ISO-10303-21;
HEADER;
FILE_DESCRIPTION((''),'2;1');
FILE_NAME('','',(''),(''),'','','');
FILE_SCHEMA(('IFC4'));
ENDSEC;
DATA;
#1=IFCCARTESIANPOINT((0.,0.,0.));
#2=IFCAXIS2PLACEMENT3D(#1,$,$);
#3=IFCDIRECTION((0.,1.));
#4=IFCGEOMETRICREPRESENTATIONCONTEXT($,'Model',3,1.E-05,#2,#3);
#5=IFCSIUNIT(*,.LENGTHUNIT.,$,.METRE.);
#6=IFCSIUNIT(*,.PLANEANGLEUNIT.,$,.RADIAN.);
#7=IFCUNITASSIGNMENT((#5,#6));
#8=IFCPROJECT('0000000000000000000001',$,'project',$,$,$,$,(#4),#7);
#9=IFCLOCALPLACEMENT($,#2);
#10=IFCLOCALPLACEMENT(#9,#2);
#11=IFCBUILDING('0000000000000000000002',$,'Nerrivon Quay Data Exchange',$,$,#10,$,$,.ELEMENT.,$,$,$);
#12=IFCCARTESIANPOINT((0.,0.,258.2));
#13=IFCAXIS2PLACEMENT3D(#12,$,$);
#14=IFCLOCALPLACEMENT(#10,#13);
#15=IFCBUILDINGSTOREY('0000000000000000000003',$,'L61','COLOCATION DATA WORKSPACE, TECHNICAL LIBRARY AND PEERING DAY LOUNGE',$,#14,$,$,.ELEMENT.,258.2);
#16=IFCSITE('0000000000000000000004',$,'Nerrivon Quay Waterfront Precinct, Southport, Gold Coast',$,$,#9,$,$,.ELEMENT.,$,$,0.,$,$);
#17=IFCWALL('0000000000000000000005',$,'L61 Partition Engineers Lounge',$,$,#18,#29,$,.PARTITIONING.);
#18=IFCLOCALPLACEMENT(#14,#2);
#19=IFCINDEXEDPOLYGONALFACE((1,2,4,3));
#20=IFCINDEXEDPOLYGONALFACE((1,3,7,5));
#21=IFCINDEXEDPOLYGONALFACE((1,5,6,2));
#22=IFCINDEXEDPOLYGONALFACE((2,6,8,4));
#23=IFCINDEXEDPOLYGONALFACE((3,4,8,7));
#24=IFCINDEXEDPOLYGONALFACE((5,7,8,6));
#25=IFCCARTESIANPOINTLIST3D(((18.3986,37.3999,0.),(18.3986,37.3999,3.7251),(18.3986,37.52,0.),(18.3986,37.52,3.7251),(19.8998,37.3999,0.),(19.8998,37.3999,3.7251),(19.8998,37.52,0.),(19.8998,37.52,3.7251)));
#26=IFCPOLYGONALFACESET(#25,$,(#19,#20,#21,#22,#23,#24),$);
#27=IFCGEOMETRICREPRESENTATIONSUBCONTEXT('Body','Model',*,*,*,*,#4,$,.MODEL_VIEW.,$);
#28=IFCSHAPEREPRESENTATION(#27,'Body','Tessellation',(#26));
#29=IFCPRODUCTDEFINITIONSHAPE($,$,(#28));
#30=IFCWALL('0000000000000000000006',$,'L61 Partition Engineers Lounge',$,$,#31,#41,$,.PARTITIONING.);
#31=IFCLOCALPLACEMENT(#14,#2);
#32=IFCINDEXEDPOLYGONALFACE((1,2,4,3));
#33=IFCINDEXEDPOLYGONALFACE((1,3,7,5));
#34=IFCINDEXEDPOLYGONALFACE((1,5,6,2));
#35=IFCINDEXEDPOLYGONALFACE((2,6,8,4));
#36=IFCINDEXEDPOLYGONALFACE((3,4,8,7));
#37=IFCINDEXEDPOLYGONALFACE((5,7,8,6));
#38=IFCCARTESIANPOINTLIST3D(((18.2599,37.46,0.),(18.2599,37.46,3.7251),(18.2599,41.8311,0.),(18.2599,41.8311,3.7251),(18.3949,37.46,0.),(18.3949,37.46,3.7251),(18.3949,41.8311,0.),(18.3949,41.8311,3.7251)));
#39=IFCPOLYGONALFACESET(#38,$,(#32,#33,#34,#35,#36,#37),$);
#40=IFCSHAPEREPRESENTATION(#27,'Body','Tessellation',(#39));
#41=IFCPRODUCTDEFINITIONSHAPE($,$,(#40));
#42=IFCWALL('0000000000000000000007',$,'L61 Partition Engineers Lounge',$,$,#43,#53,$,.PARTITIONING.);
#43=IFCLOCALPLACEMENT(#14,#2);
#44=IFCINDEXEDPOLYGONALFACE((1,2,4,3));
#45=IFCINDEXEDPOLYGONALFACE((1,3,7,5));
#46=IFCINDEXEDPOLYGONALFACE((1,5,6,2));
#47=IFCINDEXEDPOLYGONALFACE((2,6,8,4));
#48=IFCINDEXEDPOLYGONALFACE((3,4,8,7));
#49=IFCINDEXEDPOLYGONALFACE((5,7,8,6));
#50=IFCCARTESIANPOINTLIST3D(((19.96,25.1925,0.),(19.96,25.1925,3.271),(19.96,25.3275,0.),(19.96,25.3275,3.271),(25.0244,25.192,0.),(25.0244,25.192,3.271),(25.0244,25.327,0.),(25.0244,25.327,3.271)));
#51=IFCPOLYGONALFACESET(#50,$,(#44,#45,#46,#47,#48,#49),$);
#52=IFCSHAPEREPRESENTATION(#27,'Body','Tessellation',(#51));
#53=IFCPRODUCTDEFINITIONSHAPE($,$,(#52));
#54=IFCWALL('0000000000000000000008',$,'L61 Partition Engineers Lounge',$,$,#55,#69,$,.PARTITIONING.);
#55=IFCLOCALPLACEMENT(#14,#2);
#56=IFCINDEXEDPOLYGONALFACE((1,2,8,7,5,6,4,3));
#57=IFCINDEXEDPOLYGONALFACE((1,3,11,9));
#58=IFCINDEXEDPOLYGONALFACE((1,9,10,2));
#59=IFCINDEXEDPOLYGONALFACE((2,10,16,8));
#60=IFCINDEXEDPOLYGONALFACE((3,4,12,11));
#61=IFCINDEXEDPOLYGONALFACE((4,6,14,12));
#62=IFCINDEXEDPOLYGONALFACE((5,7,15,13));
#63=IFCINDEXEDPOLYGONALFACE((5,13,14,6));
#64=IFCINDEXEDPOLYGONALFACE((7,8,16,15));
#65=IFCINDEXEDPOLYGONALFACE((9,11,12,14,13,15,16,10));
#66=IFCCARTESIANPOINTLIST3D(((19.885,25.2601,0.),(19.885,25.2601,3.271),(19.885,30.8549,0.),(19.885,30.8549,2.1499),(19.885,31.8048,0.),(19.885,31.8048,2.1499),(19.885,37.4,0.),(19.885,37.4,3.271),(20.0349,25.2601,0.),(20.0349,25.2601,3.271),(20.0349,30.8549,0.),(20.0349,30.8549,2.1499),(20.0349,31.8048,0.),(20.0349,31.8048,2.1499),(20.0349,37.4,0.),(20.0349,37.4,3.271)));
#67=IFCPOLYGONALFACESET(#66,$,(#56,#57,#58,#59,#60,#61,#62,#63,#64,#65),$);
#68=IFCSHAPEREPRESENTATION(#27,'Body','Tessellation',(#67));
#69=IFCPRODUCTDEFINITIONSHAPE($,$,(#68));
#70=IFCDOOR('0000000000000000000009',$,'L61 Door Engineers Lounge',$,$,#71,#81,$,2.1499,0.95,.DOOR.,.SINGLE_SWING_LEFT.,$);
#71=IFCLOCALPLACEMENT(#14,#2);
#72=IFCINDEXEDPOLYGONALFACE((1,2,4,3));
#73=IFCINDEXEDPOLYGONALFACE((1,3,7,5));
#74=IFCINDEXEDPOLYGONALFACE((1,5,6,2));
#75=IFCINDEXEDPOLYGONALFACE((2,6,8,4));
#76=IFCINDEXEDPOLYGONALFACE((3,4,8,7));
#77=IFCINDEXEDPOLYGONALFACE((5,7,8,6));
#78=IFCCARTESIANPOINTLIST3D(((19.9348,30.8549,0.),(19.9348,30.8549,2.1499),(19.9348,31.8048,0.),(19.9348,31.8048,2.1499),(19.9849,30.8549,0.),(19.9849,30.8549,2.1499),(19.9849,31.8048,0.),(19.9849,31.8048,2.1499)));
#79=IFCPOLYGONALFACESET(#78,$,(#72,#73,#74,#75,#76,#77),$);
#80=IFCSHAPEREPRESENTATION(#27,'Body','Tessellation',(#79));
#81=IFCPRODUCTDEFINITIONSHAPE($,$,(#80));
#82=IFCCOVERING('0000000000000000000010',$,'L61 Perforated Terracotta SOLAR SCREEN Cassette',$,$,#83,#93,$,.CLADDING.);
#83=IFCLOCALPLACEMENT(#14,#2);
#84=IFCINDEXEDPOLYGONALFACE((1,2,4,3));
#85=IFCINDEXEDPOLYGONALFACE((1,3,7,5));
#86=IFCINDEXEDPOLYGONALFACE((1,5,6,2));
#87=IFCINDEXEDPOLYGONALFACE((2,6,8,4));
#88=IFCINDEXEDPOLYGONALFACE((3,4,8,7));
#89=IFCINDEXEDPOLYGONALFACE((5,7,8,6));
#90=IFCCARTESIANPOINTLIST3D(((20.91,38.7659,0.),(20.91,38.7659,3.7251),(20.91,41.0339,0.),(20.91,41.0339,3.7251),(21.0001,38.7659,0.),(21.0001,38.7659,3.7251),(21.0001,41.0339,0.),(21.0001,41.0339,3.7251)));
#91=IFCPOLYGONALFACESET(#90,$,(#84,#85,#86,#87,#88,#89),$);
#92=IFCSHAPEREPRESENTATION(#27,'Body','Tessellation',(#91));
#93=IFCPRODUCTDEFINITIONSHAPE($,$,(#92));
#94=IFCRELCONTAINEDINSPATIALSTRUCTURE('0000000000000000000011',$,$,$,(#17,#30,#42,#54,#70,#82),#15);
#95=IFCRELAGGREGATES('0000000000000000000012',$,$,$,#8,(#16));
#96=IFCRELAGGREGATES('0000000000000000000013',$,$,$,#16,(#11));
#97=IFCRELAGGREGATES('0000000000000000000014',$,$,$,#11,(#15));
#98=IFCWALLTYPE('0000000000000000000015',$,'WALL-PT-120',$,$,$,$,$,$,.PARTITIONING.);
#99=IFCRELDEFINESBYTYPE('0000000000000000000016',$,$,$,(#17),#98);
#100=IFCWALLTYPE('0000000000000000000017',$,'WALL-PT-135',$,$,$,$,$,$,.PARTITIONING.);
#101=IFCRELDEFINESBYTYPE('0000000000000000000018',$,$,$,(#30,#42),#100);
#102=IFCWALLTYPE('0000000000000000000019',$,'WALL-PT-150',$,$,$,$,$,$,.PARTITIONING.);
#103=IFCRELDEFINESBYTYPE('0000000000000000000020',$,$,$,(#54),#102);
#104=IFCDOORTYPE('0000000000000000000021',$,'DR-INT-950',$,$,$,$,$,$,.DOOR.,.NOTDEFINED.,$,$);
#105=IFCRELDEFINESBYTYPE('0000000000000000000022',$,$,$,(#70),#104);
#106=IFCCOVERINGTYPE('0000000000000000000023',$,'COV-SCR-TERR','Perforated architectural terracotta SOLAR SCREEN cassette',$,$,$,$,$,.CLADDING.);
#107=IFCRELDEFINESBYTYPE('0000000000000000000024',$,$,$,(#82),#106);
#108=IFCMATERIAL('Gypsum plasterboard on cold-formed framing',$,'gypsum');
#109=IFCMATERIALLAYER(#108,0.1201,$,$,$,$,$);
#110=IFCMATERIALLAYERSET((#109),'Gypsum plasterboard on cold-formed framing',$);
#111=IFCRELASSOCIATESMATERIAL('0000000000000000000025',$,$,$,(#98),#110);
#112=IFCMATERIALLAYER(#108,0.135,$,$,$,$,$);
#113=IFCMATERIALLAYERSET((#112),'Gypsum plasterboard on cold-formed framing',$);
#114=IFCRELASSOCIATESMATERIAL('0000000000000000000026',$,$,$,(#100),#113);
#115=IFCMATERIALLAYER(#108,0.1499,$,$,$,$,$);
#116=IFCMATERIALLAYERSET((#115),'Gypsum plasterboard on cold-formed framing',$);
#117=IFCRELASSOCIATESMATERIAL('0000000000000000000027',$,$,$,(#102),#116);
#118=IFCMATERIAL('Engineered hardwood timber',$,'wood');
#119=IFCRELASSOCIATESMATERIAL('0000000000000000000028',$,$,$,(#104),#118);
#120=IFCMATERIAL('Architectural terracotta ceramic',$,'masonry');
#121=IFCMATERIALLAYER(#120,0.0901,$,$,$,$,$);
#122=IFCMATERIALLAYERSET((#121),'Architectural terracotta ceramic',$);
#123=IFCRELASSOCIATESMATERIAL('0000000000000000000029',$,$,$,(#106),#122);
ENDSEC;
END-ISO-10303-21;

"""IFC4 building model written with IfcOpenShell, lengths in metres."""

from ifc_helpers import new_model, si_unit, direction, frame, frame_2d, origin, origin_2d, place, context, subcontext, project, spatial, rectangle, extrude, material, layer, layer_set, type_object, element, fill, save


model = new_model("IFC4")

# Units and contexts
model_context = context("Model", 3, precision=1e-05, world=origin(), true_north=direction((0.0, 1.0)))
body_context = subcontext(model_context, "Body", "Model", "MODEL_VIEW")
ifc_project = project(units=[si_unit("LENGTHUNIT", "METRE"), si_unit("PLANEANGLEUNIT", "RADIAN")], contexts=[model_context])

# Site, building, storey
site_placement = place(None, origin())
site = spatial("IfcSite", under=ifc_project, at=site_placement, Name="Nerrivon Quay Waterfront Precinct, Southport, Gold Coast", CompositionType="ELEMENT", RefElevation=0.0)
building_placement = place(site_placement, origin())
building = spatial("IfcBuilding", under=site, at=building_placement, Name="Nerrivon Quay Data Exchange", CompositionType="ELEMENT")
storey_placement = place(building_placement, frame((0.0, 0.0, 258.2)))
storey = spatial("IfcBuildingStorey", under=building, at=storey_placement, Name="L61", Description="COLOCATION DATA WORKSPACE, TECHNICAL LIBRARY AND PEERING DAY LOUNGE", CompositionType="ELEMENT", Elevation=258.2)

# Walls
ifc_material_1 = material(Name="Gypsum plasterboard on cold-formed framing", Category="gypsum")
ifc_layer_1 = layer(ifc_material_1, 0.1201)
ifc_layer_set_1 = layer_set([ifc_layer_1], Name="Gypsum plasterboard on cold-formed framing")
wall_type_1 = type_object("IfcWallType", Name="WALL-PT-120", PredefinedType="PARTITIONING", material=ifc_layer_set_1)
wall_1_placement = place(storey_placement, frame((18.3987, 37.46, 0.0), z_axis=(0.0, 0.0, 1.0), x_axis=(1.0, 0.0, 0.0)))
element("IfcWall", 1, at=wall_1_placement, inside=storey, type_object=wall_type_1, Name="L61 Partition Engineers Lounge", PredefinedType="PARTITIONING", context=body_context, shape_type="SweptSolid", body=[
    extrude(rectangle(XDim=1.5012, YDim=0.1201, at=frame_2d((0.7505, 0.0))), origin(), (0.0, 0.0, 1.0), 3.7251),
])
ifc_layer_2 = layer(ifc_material_1, 0.135)
ifc_layer_set_2 = layer_set([ifc_layer_2], Name="Gypsum plasterboard on cold-formed framing")
wall_type_2 = type_object("IfcWallType", Name="WALL-PT-135", PredefinedType="PARTITIONING", material=ifc_layer_set_2)
wall_2_placement = place(storey_placement, frame((18.3274, 41.8311, 0.0), z_axis=(0.0, 0.0, 1.0), x_axis=(0.0, -1.0, 0.0)))
element("IfcWall", 2, at=wall_2_placement, inside=storey, type_object=wall_type_2, Name="L61 Partition Engineers Lounge", PredefinedType="PARTITIONING", context=body_context, shape_type="SweptSolid", body=[
    extrude(rectangle(XDim=4.3711, YDim=0.135, at=frame_2d((2.1855, 0.0))), origin(), (0.0, 0.0, 1.0), 3.7251),
])
wall_3_placement = place(storey_placement, frame((19.96, 25.26, 0.0), z_axis=(0.0, 0.0, 1.0), x_axis=(1.0, -0.000096, 0.0)))
element("IfcWall", 3, at=wall_3_placement, inside=storey, type_object=wall_type_2, Name="L61 Partition Engineers Lounge", PredefinedType="PARTITIONING", context=body_context, shape_type="SweptSolid", body=[
    extrude(rectangle(XDim=5.0645, YDim=0.135, at=frame_2d((2.5322, 0.0))), origin(), (0.0, 0.0, 1.0), 3.271),
])

# Wall, opening, door
ifc_layer_3 = layer(ifc_material_1, 0.1499)
ifc_layer_set_3 = layer_set([ifc_layer_3], Name="Gypsum plasterboard on cold-formed framing")
wall_type_3 = type_object("IfcWallType", Name="WALL-PT-150", PredefinedType="PARTITIONING", material=ifc_layer_set_3)
wall_4_placement = place(storey_placement, frame((19.96, 37.3999, 0.0), z_axis=(0.0, 0.0, 1.0), x_axis=(0.0, -1.0, 0.0)))
wall_4 = element("IfcWall", 4, at=wall_4_placement, inside=storey, type_object=wall_type_3, Name="L61 Partition Engineers Lounge", PredefinedType="PARTITIONING", context=body_context, shape_type="SweptSolid", body=[
    extrude(rectangle(XDim=12.1399, YDim=0.1499, at=frame_2d((6.0698, 0.0))), origin(), (0.0, 0.0, 1.0), 3.271),
])
opening_placement = place(wall_4_placement, frame((5.595, 0.0, 0.0)))
opening = element("IfcOpeningElement", 5, at=opening_placement, cuts=wall_4, PredefinedType="OPENING", context=body_context, shape_type="SweptSolid", body=[
    extrude(rectangle(XDim=0.95, YDim=2.1499, at=frame_2d((0.4751, 1.075))), frame((0.0, 0.085, 0.0), z_axis=(0.0, -1.0, 0.0), x_axis=(1.0, 0.0, 0.0)), (0.0, 0.0, 1.0), 0.1699),
])
ifc_material_2 = material(Name="Engineered hardwood timber", Category="wood")
door_type = type_object("IfcDoorType", Name="DR-INT-950", OperationType="NOTDEFINED", PredefinedType="DOOR", material=ifc_material_2)
door_placement = place(opening_placement, origin())
door = element("IfcDoor", 6, at=door_placement, inside=storey, type_object=door_type, Name="L61 Door Engineers Lounge", OperationType="SINGLE_SWING_LEFT", OverallHeight=2.1499, OverallWidth=0.95, PredefinedType="DOOR", context=body_context, shape_type="SweptSolid", body=[
    extrude(rectangle(XDim=0.95, YDim=2.1499, at=frame_2d((0.4751, 1.075))), frame((0.0, 0.0249, 0.0), z_axis=(0.0, -1.0, 0.0), x_axis=(1.0, 0.0, 0.0)), (0.0, 0.0, 1.0), 0.05),
])
fill(opening, door)

# Covering
ifc_material_3 = material(Name="Architectural terracotta ceramic", Category="masonry")
ifc_layer_4 = layer(ifc_material_3, 0.0901)
ifc_layer_set_4 = layer_set([ifc_layer_4], Name="Architectural terracotta ceramic")
covering_type = type_object("IfcCoveringType", Name="COV-SCR-TERR", Description="Perforated architectural terracotta SOLAR SCREEN cassette", PredefinedType="CLADDING", material=ifc_layer_set_4)
covering_placement = place(storey_placement, frame((20.9551, 39.8999, 0.0), z_axis=(0.0, 0.0, 1.0), x_axis=(0.0, -1.0, 0.0)))
element("IfcCovering", 7, at=covering_placement, inside=storey, type_object=covering_type, Name="L61 Perforated Terracotta SOLAR SCREEN Cassette", PredefinedType="CLADDING", context=body_context, shape_type="SweptSolid", body=[
    extrude(rectangle(XDim=2.2681, YDim=0.0901, at=origin_2d()), origin(), (0.0, 0.0, 1.0), 3.7251),
])

save(model, "model.ifc")
